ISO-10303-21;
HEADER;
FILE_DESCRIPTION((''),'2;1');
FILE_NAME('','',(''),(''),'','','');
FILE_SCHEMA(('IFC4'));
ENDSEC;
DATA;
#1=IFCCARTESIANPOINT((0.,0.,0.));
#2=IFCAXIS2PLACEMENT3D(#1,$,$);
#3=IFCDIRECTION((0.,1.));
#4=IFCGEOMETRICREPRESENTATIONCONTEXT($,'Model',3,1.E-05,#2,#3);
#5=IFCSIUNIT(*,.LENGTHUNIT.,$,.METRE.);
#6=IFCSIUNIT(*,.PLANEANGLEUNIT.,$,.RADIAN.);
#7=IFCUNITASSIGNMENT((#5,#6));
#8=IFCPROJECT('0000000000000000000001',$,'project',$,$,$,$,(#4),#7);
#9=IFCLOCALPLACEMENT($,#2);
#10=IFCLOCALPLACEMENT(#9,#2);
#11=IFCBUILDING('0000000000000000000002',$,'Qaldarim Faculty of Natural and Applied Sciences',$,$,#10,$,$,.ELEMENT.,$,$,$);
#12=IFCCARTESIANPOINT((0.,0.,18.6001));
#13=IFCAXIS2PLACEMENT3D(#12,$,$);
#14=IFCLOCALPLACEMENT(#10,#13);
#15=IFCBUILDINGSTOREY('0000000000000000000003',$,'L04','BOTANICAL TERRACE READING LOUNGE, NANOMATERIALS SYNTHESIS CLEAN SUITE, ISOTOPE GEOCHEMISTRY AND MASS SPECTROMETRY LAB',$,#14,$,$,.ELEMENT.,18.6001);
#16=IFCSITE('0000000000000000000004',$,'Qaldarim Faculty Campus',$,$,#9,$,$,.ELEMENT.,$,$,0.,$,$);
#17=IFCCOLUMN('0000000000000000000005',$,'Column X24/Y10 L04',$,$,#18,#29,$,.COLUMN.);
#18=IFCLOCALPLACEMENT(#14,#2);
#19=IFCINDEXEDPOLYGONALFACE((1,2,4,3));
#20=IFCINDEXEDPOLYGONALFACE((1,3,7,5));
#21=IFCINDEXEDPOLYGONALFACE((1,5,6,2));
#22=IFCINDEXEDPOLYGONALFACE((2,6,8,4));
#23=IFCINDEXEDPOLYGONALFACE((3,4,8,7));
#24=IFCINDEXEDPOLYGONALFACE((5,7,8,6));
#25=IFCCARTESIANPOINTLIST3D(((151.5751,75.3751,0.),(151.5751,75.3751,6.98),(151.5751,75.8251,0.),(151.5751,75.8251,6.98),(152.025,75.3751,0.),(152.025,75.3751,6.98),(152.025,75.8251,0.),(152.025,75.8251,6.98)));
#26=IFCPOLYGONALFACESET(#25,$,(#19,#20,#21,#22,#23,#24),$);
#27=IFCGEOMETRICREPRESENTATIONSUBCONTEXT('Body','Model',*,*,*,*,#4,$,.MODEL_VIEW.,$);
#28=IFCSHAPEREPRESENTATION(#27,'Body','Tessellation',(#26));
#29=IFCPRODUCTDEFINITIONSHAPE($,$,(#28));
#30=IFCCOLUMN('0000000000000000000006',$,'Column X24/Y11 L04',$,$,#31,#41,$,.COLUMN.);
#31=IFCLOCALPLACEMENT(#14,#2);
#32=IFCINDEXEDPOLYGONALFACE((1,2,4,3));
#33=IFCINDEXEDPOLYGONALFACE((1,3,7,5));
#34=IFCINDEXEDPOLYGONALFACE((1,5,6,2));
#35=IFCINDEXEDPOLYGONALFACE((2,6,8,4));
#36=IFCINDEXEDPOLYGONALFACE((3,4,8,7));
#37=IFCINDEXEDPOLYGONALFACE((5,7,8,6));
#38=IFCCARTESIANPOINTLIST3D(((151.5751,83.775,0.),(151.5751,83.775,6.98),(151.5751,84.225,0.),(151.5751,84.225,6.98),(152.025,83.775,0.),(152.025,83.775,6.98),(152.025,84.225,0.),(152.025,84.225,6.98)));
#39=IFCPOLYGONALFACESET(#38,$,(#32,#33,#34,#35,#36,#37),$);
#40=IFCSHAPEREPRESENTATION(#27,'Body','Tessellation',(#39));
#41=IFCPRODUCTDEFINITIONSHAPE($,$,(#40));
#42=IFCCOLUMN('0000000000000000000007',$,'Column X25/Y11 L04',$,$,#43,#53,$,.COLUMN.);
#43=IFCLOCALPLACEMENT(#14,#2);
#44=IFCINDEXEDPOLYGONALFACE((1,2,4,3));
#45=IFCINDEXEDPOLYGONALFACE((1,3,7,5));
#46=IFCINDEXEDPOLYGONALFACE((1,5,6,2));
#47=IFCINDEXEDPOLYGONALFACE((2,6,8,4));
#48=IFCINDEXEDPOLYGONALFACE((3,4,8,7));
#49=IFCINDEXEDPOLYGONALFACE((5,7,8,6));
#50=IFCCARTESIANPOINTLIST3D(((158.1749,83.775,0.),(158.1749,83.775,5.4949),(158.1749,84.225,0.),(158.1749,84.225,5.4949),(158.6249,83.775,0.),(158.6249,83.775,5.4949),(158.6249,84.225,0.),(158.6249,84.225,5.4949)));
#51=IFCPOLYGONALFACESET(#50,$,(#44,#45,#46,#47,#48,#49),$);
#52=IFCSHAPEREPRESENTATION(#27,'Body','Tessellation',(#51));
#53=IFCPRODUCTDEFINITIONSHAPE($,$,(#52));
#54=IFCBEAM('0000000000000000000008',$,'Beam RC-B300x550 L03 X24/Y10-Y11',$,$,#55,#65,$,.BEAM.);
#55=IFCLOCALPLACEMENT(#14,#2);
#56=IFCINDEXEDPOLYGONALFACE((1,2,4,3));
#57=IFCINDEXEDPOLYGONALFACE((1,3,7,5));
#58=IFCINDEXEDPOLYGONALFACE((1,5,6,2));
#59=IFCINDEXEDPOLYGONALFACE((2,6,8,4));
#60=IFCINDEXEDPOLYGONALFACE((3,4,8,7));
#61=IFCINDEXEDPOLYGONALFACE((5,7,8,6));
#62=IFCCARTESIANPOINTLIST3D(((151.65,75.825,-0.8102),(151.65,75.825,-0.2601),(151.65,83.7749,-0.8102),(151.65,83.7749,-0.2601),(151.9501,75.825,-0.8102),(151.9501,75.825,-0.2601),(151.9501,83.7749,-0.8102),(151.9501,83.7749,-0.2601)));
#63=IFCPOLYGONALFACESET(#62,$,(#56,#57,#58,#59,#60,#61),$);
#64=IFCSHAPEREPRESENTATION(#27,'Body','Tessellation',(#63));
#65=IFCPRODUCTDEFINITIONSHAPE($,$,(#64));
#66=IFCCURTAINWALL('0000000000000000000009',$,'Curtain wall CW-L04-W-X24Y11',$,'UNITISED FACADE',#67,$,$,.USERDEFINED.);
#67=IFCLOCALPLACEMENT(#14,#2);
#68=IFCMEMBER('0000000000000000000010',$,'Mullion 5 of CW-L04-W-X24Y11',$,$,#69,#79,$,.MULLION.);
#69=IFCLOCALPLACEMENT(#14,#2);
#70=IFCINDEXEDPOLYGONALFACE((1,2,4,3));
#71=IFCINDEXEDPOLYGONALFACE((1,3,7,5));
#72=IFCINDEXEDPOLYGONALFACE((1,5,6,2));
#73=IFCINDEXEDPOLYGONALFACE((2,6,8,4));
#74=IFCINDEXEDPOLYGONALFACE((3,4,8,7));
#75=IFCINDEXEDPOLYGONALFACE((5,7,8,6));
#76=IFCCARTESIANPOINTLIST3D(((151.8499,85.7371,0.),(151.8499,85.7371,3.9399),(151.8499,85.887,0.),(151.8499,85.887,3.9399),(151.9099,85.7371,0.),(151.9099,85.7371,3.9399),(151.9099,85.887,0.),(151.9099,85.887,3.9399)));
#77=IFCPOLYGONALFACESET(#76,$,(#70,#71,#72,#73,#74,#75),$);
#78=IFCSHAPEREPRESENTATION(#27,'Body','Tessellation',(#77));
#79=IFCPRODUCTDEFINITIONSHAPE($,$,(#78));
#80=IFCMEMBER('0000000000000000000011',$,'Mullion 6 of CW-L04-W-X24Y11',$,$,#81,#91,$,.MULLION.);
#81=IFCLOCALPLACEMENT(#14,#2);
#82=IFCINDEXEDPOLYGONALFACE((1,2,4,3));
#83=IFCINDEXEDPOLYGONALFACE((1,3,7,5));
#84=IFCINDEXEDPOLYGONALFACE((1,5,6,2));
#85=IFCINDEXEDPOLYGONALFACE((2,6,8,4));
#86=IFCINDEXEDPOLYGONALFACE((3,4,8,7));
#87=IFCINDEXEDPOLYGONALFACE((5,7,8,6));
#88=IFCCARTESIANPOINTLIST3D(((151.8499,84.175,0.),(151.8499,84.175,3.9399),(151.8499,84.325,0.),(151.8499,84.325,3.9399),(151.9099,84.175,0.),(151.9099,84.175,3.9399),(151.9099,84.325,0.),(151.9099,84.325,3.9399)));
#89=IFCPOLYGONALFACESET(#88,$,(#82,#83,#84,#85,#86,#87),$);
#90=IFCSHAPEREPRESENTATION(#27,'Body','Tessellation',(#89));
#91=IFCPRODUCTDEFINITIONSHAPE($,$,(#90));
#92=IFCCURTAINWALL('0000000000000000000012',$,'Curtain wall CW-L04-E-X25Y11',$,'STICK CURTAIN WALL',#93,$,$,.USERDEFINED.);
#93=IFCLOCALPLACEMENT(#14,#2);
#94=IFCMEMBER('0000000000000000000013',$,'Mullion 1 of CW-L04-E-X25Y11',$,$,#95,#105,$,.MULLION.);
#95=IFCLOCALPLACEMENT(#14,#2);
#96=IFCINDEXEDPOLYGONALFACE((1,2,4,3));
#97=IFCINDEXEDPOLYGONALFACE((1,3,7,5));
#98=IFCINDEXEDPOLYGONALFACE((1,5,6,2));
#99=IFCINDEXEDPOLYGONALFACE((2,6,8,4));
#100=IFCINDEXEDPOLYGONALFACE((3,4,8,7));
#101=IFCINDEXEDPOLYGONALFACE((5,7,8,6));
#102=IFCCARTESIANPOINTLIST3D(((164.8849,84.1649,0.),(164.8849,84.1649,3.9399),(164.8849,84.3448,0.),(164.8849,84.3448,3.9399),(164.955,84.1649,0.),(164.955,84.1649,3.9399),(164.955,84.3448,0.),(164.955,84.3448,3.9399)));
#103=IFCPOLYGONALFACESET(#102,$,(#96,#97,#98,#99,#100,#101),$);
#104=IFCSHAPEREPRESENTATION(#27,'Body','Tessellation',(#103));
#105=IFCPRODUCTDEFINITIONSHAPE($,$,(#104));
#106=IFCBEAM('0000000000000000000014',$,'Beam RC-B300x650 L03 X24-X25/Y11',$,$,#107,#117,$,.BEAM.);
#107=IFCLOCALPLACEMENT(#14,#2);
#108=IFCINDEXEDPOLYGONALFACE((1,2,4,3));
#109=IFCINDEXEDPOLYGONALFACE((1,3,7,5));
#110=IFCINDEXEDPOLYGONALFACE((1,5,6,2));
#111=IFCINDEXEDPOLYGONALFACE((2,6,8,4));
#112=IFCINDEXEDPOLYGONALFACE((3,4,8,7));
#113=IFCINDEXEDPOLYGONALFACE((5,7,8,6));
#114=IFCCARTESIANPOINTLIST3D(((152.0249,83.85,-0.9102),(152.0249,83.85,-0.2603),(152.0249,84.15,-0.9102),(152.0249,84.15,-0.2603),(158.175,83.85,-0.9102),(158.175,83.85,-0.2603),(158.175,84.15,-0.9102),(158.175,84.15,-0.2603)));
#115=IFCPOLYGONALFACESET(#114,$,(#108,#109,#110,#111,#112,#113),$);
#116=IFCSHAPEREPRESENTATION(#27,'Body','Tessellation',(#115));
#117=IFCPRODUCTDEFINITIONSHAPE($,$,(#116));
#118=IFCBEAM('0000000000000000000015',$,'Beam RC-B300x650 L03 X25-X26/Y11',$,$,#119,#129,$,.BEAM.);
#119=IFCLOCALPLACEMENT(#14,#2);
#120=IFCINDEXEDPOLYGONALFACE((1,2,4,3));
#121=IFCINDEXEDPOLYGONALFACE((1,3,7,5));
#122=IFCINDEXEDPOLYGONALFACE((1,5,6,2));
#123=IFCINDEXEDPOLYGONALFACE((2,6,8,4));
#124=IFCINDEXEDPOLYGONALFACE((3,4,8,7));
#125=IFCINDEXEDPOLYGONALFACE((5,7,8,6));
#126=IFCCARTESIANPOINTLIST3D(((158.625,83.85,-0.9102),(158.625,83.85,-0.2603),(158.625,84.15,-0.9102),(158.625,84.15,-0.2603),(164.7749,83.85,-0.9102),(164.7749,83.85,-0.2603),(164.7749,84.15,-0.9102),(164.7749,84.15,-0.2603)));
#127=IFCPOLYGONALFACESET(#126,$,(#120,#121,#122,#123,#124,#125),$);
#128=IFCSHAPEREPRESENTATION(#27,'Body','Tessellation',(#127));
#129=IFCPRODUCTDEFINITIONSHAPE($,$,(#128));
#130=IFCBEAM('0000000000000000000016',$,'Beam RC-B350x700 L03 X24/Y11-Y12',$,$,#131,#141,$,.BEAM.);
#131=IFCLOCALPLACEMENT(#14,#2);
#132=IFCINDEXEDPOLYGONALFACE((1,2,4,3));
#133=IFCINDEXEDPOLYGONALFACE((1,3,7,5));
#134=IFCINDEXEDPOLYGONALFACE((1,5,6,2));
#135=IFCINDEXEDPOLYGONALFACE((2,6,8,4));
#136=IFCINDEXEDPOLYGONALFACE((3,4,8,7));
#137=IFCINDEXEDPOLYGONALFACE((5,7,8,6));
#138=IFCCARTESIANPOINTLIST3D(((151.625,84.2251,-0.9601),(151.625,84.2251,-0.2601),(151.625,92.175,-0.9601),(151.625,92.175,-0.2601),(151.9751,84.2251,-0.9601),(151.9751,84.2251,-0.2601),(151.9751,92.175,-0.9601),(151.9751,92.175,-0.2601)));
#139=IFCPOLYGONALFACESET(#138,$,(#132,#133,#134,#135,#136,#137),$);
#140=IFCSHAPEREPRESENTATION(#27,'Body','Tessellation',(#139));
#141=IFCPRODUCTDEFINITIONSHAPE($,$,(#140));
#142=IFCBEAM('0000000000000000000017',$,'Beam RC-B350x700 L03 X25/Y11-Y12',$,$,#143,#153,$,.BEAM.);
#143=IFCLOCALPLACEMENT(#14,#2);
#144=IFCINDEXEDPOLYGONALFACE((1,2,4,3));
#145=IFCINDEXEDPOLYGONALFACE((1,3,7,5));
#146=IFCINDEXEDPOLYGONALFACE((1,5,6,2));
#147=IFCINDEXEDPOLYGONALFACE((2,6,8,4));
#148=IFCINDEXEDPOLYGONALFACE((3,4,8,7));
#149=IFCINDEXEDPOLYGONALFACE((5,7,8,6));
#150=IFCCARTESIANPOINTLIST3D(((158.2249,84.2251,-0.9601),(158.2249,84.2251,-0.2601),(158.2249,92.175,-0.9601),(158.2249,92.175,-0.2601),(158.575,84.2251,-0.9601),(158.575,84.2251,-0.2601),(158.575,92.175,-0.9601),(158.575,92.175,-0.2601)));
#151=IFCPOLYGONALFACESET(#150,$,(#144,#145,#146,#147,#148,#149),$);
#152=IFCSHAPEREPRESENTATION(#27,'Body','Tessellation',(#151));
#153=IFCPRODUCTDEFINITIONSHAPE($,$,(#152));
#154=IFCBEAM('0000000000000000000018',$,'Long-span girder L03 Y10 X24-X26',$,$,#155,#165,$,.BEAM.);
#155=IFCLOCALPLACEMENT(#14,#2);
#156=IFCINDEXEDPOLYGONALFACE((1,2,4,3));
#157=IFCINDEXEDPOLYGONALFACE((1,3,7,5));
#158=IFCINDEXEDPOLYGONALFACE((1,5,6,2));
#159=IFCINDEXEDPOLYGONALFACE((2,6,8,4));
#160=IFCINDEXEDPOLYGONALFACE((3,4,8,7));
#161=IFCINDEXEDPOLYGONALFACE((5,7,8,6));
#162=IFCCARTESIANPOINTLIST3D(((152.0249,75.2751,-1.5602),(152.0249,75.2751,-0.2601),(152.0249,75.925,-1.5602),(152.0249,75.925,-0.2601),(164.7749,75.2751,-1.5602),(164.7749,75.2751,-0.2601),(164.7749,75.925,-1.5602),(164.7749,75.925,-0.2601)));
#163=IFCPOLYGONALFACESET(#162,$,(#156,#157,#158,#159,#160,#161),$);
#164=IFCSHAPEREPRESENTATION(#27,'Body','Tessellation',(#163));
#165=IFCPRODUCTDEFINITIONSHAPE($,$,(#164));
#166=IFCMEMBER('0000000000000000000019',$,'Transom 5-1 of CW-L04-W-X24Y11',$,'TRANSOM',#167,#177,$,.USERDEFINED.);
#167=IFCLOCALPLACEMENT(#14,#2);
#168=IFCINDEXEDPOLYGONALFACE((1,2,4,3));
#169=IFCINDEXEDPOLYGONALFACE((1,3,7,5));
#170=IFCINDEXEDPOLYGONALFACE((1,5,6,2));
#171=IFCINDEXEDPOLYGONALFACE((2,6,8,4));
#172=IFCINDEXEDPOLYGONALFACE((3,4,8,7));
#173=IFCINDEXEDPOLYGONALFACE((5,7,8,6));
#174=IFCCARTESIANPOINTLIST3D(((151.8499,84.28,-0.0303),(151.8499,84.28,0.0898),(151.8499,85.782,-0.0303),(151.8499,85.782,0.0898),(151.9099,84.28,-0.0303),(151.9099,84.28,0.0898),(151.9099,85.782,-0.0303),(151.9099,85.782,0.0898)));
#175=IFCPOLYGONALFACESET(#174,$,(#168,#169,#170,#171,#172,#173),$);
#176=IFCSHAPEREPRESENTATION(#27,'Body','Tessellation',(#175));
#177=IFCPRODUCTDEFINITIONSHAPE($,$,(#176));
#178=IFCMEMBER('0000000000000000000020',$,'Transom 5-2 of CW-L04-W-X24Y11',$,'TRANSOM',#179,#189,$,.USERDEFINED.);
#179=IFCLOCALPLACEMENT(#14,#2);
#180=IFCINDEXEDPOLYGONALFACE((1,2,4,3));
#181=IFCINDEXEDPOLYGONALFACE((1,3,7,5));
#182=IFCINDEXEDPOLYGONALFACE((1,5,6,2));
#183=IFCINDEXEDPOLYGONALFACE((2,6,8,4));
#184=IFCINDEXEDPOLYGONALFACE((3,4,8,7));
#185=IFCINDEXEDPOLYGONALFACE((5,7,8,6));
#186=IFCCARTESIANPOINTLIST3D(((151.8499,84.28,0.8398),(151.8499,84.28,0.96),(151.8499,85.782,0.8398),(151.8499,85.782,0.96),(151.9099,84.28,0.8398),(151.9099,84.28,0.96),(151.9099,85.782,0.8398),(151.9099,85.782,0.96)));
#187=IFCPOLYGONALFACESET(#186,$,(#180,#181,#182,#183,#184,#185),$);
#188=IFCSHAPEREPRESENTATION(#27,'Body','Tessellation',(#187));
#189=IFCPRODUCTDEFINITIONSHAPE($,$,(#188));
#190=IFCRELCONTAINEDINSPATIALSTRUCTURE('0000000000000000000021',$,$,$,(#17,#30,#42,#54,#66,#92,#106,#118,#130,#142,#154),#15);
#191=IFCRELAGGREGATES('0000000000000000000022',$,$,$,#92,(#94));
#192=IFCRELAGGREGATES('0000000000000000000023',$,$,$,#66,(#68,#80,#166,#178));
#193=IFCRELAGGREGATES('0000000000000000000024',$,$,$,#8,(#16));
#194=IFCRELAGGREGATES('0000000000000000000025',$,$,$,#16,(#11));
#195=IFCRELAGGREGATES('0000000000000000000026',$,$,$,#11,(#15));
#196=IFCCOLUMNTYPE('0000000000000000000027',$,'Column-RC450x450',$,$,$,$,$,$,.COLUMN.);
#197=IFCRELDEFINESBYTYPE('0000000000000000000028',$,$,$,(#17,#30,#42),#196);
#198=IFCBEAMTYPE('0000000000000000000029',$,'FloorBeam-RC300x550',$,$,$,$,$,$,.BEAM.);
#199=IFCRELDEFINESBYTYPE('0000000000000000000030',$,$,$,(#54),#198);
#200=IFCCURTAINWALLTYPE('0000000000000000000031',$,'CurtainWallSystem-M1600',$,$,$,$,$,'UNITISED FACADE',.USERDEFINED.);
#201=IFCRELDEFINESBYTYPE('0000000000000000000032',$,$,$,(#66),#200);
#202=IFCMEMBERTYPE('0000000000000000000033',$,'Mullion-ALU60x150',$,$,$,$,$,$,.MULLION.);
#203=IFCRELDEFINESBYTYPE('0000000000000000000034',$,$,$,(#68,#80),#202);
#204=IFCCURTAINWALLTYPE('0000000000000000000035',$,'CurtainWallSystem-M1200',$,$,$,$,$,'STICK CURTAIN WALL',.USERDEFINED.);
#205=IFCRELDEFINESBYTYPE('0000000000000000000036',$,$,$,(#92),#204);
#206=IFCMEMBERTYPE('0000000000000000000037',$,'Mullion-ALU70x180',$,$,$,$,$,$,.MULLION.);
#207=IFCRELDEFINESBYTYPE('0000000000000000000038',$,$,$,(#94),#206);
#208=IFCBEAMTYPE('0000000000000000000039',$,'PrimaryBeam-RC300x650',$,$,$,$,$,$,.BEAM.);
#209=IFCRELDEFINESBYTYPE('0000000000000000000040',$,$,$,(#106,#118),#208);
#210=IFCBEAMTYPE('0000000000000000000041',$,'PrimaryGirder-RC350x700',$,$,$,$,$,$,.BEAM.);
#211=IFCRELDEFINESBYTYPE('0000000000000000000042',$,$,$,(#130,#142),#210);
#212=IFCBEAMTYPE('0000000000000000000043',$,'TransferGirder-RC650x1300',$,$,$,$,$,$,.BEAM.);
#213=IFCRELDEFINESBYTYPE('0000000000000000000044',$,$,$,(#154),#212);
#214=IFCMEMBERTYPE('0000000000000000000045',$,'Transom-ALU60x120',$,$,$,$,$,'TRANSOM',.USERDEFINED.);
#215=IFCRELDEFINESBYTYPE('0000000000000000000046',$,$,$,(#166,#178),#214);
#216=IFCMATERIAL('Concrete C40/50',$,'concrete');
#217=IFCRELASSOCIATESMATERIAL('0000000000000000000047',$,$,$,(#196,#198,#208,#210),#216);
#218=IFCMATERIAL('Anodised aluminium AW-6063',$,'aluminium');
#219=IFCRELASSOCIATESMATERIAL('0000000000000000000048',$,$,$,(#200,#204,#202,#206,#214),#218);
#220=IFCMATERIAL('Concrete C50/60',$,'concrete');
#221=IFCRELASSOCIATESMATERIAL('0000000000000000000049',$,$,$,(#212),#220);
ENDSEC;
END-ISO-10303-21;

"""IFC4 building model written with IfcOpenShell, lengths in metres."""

from ifc_helpers import new_model, si_unit, direction, frame, origin, origin_2d, place, context, subcontext, project, spatial, rectangle, extrude, material, material_profile, profile_set, type_object, element, aggregate, save


model = new_model("IFC4")

# Units and contexts
model_context = context("Model", 3, precision=1e-05, world=origin(), true_north=direction((0.0, 1.0)))
body_context = subcontext(model_context, "Body", "Model", "MODEL_VIEW")
ifc_project = project(units=[si_unit("LENGTHUNIT", "METRE"), si_unit("PLANEANGLEUNIT", "RADIAN")], contexts=[model_context])

# Site, building, storey
site_placement = place(None, origin())
site = spatial("IfcSite", under=ifc_project, at=site_placement, Name="Qaldarim Faculty Campus", CompositionType="ELEMENT", RefElevation=0.0)
building_placement = place(site_placement, origin())
building = spatial("IfcBuilding", under=site, at=building_placement, Name="Qaldarim Faculty of Natural and Applied Sciences", CompositionType="ELEMENT")
storey_placement = place(building_placement, frame((0.0, 0.0, 18.6001)))
storey = spatial("IfcBuildingStorey", under=building, at=storey_placement, Name="L04", Description="BOTANICAL TERRACE READING LOUNGE, NANOMATERIALS SYNTHESIS CLEAN SUITE, ISOTOPE GEOCHEMISTRY AND MASS SPECTROMETRY LAB", CompositionType="ELEMENT", Elevation=18.6001)

# Columns
ifc_material_1 = material(Name="Concrete C40/50", Category="concrete")
ifc_material_profile_1 = material_profile(ifc_material_1, rectangle(XDim=0.45, YDim=0.45, at=origin_2d()), Name="RC-C450x450")
ifc_profile_set_1 = profile_set([ifc_material_profile_1], Name="Concrete C40/50")
column_type = type_object("IfcColumnType", Name="Column-RC450x450", PredefinedType="COLUMN", material=ifc_profile_set_1)
for number, where, z_axis, x_axis, name in (
    (1, (151.8, 75.6001, 0.0), (0.0, 0.0, 1.0), (1.0, 0.0, 0.0), "Column X24/Y10 L04"),
    (2, (151.8, 84.0, 0.0), (0.0, 0.0, 1.0), (1.0, 0.0, 0.0), "Column X24/Y11 L04"),
):
    element("IfcColumn", number, at=place(storey_placement, frame(where, z_axis=z_axis, x_axis=x_axis)), inside=storey, type_object=column_type, Name=name, PredefinedType="COLUMN", context=body_context, shape_type="SweptSolid", body=[
        extrude(rectangle(XDim=0.45, YDim=0.45, at=origin_2d()), origin(), (0.0, 0.0, 1.0), 6.98),
    ])
column_placement = place(storey_placement, frame((158.3999, 84.0, 0.0), z_axis=(0.0, 0.0, 1.0), x_axis=(1.0, 0.0, 0.0)))
element("IfcColumn", 3, at=column_placement, inside=storey, type_object=column_type, Name="Column X25/Y11 L04", PredefinedType="COLUMN", context=body_context, shape_type="SweptSolid", body=[
    extrude(rectangle(XDim=0.45, YDim=0.45, at=origin_2d()), origin(), (0.0, 0.0, 1.0), 5.4949),
])

# Beam
ifc_material_profile_2 = material_profile(ifc_material_1, rectangle(XDim=0.3, YDim=0.55, at=origin_2d()), Name="RC-B300x550")
ifc_profile_set_2 = profile_set([ifc_material_profile_2], Name="Concrete C40/50")
beam_type_1 = type_object("IfcBeamType", Name="FloorBeam-RC300x550", PredefinedType="BEAM", material=ifc_profile_set_2)
beam_1_placement = place(storey_placement, frame((151.8, 75.825, -0.5352), z_axis=(0.0, 1.0, 0.0), x_axis=(-1.0, 0.0, 0.0)))
element("IfcBeam", 4, at=beam_1_placement, inside=storey, type_object=beam_type_1, Name="Beam RC-B300x550 L03 X24/Y10-Y11", PredefinedType="BEAM", context=body_context, shape_type="SweptSolid", body=[
    extrude(rectangle(XDim=0.3, YDim=0.55, at=origin_2d()), origin(), (0.0, 0.0, 1.0), 7.95),
])

# Curtain wall, members
ifc_material_2 = material(Name="Anodised aluminium AW-6063", Category="aluminium")
curtain_wall_type_1 = type_object("IfcCurtainWallType", Name="CurtainWallSystem-M1600", ElementType="UNITISED FACADE", PredefinedType="USERDEFINED", material=ifc_material_2)
curtain_wall_1_placement = place(storey_placement, origin())
curtain_wall_1 = element("IfcCurtainWall", 5, at=curtain_wall_1_placement, inside=storey, type_object=curtain_wall_type_1, Name="Curtain wall CW-L04-W-X24Y11", ObjectType="UNITISED FACADE", PredefinedType="USERDEFINED")
ifc_material_profile_3 = material_profile(ifc_material_2, rectangle(XDim=0.0601, YDim=0.1499, at=origin_2d()), Name="ALU-M60x150")
ifc_profile_set_3 = profile_set([ifc_material_profile_3], Name="Anodised aluminium AW-6063")
member_type_1 = type_object("IfcMemberType", Name="Mullion-ALU60x150", PredefinedType="MULLION", material=ifc_profile_set_3)
member_1_placement = place(storey_placement, frame((151.8799, 85.812, 0.0), z_axis=(0.0, 0.0, 1.0), x_axis=(1.0, 0.0, 0.0)))
member_1 = element("IfcMember", 6, at=member_1_placement, type_object=member_type_1, Name="Mullion 5 of CW-L04-W-X24Y11", PredefinedType="MULLION", context=body_context, shape_type="SweptSolid", body=[
    extrude(rectangle(XDim=0.0601, YDim=0.1499, at=origin_2d()), origin(), (0.0, 0.0, 1.0), 3.9399),
])
member_2_placement = place(storey_placement, frame((151.8799, 84.25, 0.0), z_axis=(0.0, 0.0, 1.0), x_axis=(1.0, 0.0, 0.0)))
member_2 = element("IfcMember", 7, at=member_2_placement, type_object=member_type_1, Name="Mullion 6 of CW-L04-W-X24Y11", PredefinedType="MULLION", context=body_context, shape_type="SweptSolid", body=[
    extrude(rectangle(XDim=0.0601, YDim=0.1499, at=origin_2d()), origin(), (0.0, 0.0, 1.0), 3.9399),
])

# Curtain wall, member
curtain_wall_type_2 = type_object("IfcCurtainWallType", Name="CurtainWallSystem-M1200", ElementType="STICK CURTAIN WALL", PredefinedType="USERDEFINED", material=ifc_material_2)
curtain_wall_2_placement = place(storey_placement, origin())
curtain_wall_2 = element("IfcCurtainWall", 8, at=curtain_wall_2_placement, inside=storey, type_object=curtain_wall_type_2, Name="Curtain wall CW-L04-E-X25Y11", ObjectType="STICK CURTAIN WALL", PredefinedType="USERDEFINED")
ifc_material_profile_4 = material_profile(ifc_material_2, rectangle(XDim=0.0701, YDim=0.1799, at=origin_2d()), Name="ALU-M70x180")
ifc_profile_set_4 = profile_set([ifc_material_profile_4], Name="Anodised aluminium AW-6063")
member_type_2 = type_object("IfcMemberType", Name="Mullion-ALU70x180", PredefinedType="MULLION", material=ifc_profile_set_4)
member_3_placement = place(storey_placement, frame((164.9199, 84.2549, 0.0), z_axis=(0.0, 0.0, 1.0), x_axis=(-1.0, 0.0, 0.0)))
member_3 = element("IfcMember", 9, at=member_3_placement, type_object=member_type_2, Name="Mullion 1 of CW-L04-E-X25Y11", PredefinedType="MULLION", context=body_context, shape_type="SweptSolid", body=[
    extrude(rectangle(XDim=0.0701, YDim=0.1799, at=origin_2d()), origin(), (0.0, 0.0, 1.0), 3.9399),
])

# Beams
ifc_material_profile_5 = material_profile(ifc_material_1, rectangle(XDim=0.3, YDim=0.6499, at=origin_2d()), Name="RC-B300x650")
ifc_profile_set_5 = profile_set([ifc_material_profile_5], Name="Concrete C40/50")
beam_type_2 = type_object("IfcBeamType", Name="PrimaryBeam-RC300x650", PredefinedType="BEAM", material=ifc_profile_set_5)
beam_2_placement = place(storey_placement, frame((152.0249, 84.0, -0.5852), z_axis=(1.0, 0.0, 0.0), x_axis=(0.0, 1.0, 0.0)))
element("IfcBeam", 10, at=beam_2_placement, inside=storey, type_object=beam_type_2, Name="Beam RC-B300x650 L03 X24-X25/Y11", PredefinedType="BEAM", context=body_context, shape_type="SweptSolid", body=[
    extrude(rectangle(XDim=0.3, YDim=0.6499, at=origin_2d()), origin(), (0.0, 0.0, 1.0), 6.1501),
])
beam_3_placement = place(storey_placement, frame((158.625, 84.0, -0.5852), z_axis=(1.0, 0.0, 0.0), x_axis=(0.0, 1.0, 0.0)))
element("IfcBeam", 11, at=beam_3_placement, inside=storey, type_object=beam_type_2, Name="Beam RC-B300x650 L03 X25-X26/Y11", PredefinedType="BEAM", context=body_context, shape_type="SweptSolid", body=[
    extrude(rectangle(XDim=0.3, YDim=0.6499, at=origin_2d()), origin(), (0.0, 0.0, 1.0), 6.1499),
])
ifc_material_profile_6 = material_profile(ifc_material_1, rectangle(XDim=0.3501, YDim=0.7, at=origin_2d()), Name="RC-B350x700")
ifc_profile_set_6 = profile_set([ifc_material_profile_6], Name="Concrete C40/50")
beam_type_3 = type_object("IfcBeamType", Name="PrimaryGirder-RC350x700", PredefinedType="BEAM", material=ifc_profile_set_6)
for number, where, z_axis, x_axis, name in (
    (12, (151.8, 84.2251, -0.6101), (0.0, 1.0, 0.0), (-1.0, 0.0, 0.0), "Beam RC-B350x700 L03 X24/Y11-Y12"),
    (13, (158.3999, 84.2251, -0.6101), (0.0, 1.0, 0.0), (-1.0, 0.0, 0.0), "Beam RC-B350x700 L03 X25/Y11-Y12"),
):
    element("IfcBeam", number, at=place(storey_placement, frame(where, z_axis=z_axis, x_axis=x_axis)), inside=storey, type_object=beam_type_3, Name=name, PredefinedType="BEAM", context=body_context, shape_type="SweptSolid", body=[
        extrude(rectangle(XDim=0.3501, YDim=0.7, at=origin_2d()), origin(), (0.0, 0.0, 1.0), 7.95),
    ])
ifc_material_3 = material(Name="Concrete C50/60", Category="concrete")
ifc_material_profile_7 = material_profile(ifc_material_3, rectangle(XDim=0.6499, YDim=1.3, at=origin_2d()), Name="RC-TG650x1300")
ifc_profile_set_7 = profile_set([ifc_material_profile_7], Name="Concrete C50/60")
beam_type_4 = type_object("IfcBeamType", Name="TransferGirder-RC650x1300", PredefinedType="BEAM", material=ifc_profile_set_7)
beam_4_placement = place(storey_placement, frame((152.0249, 75.6001, -0.9102), z_axis=(1.0, 0.0, 0.0), x_axis=(0.0, 1.0, 0.0)))
element("IfcBeam", 14, at=beam_4_placement, inside=storey, type_object=beam_type_4, Name="Long-span girder L03 Y10 X24-X26", PredefinedType="BEAM", context=body_context, shape_type="SweptSolid", body=[
    extrude(rectangle(XDim=0.6499, YDim=1.3, at=origin_2d()), origin(), (0.0, 0.0, 1.0), 12.75),
])

# Members
ifc_material_profile_8 = material_profile(ifc_material_2, rectangle(XDim=0.0601, YDim=0.1201, at=origin_2d()), Name="ALU-T60x120")
ifc_profile_set_8 = profile_set([ifc_material_profile_8], Name="Anodised aluminium AW-6063")
member_type_3 = type_object("IfcMemberType", Name="Transom-ALU60x120", ElementType="TRANSOM", PredefinedType="USERDEFINED", material=ifc_profile_set_8)
member_4_placement = place(storey_placement, frame((151.8799, 85.782, 0.0298), z_axis=(0.0, -1.0, 0.0), x_axis=(1.0, 0.0, 0.0)))
member_4 = element("IfcMember", 15, at=member_4_placement, type_object=member_type_3, Name="Transom 5-1 of CW-L04-W-X24Y11", ObjectType="TRANSOM", PredefinedType="USERDEFINED", context=body_context, shape_type="SweptSolid", body=[
    extrude(rectangle(XDim=0.0601, YDim=0.1201, at=origin_2d()), origin(), (0.0, 0.0, 1.0), 1.502),
])
member_5_placement = place(storey_placement, frame((151.8799, 85.782, 0.8999), z_axis=(0.0, -1.0, 0.0), x_axis=(1.0, 0.0, 0.0)))
member_5 = element("IfcMember", 16, at=member_5_placement, type_object=member_type_3, Name="Transom 5-2 of CW-L04-W-X24Y11", ObjectType="TRANSOM", PredefinedType="USERDEFINED", context=body_context, shape_type="SweptSolid", body=[
    extrude(rectangle(XDim=0.0601, YDim=0.1201, at=origin_2d()), origin(), (0.0, 0.0, 1.0), 1.502),
])
aggregate(curtain_wall_2, [member_3])

aggregate(curtain_wall_1, [member_1, member_2, member_4, member_5])

save(model, "model.ifc")
